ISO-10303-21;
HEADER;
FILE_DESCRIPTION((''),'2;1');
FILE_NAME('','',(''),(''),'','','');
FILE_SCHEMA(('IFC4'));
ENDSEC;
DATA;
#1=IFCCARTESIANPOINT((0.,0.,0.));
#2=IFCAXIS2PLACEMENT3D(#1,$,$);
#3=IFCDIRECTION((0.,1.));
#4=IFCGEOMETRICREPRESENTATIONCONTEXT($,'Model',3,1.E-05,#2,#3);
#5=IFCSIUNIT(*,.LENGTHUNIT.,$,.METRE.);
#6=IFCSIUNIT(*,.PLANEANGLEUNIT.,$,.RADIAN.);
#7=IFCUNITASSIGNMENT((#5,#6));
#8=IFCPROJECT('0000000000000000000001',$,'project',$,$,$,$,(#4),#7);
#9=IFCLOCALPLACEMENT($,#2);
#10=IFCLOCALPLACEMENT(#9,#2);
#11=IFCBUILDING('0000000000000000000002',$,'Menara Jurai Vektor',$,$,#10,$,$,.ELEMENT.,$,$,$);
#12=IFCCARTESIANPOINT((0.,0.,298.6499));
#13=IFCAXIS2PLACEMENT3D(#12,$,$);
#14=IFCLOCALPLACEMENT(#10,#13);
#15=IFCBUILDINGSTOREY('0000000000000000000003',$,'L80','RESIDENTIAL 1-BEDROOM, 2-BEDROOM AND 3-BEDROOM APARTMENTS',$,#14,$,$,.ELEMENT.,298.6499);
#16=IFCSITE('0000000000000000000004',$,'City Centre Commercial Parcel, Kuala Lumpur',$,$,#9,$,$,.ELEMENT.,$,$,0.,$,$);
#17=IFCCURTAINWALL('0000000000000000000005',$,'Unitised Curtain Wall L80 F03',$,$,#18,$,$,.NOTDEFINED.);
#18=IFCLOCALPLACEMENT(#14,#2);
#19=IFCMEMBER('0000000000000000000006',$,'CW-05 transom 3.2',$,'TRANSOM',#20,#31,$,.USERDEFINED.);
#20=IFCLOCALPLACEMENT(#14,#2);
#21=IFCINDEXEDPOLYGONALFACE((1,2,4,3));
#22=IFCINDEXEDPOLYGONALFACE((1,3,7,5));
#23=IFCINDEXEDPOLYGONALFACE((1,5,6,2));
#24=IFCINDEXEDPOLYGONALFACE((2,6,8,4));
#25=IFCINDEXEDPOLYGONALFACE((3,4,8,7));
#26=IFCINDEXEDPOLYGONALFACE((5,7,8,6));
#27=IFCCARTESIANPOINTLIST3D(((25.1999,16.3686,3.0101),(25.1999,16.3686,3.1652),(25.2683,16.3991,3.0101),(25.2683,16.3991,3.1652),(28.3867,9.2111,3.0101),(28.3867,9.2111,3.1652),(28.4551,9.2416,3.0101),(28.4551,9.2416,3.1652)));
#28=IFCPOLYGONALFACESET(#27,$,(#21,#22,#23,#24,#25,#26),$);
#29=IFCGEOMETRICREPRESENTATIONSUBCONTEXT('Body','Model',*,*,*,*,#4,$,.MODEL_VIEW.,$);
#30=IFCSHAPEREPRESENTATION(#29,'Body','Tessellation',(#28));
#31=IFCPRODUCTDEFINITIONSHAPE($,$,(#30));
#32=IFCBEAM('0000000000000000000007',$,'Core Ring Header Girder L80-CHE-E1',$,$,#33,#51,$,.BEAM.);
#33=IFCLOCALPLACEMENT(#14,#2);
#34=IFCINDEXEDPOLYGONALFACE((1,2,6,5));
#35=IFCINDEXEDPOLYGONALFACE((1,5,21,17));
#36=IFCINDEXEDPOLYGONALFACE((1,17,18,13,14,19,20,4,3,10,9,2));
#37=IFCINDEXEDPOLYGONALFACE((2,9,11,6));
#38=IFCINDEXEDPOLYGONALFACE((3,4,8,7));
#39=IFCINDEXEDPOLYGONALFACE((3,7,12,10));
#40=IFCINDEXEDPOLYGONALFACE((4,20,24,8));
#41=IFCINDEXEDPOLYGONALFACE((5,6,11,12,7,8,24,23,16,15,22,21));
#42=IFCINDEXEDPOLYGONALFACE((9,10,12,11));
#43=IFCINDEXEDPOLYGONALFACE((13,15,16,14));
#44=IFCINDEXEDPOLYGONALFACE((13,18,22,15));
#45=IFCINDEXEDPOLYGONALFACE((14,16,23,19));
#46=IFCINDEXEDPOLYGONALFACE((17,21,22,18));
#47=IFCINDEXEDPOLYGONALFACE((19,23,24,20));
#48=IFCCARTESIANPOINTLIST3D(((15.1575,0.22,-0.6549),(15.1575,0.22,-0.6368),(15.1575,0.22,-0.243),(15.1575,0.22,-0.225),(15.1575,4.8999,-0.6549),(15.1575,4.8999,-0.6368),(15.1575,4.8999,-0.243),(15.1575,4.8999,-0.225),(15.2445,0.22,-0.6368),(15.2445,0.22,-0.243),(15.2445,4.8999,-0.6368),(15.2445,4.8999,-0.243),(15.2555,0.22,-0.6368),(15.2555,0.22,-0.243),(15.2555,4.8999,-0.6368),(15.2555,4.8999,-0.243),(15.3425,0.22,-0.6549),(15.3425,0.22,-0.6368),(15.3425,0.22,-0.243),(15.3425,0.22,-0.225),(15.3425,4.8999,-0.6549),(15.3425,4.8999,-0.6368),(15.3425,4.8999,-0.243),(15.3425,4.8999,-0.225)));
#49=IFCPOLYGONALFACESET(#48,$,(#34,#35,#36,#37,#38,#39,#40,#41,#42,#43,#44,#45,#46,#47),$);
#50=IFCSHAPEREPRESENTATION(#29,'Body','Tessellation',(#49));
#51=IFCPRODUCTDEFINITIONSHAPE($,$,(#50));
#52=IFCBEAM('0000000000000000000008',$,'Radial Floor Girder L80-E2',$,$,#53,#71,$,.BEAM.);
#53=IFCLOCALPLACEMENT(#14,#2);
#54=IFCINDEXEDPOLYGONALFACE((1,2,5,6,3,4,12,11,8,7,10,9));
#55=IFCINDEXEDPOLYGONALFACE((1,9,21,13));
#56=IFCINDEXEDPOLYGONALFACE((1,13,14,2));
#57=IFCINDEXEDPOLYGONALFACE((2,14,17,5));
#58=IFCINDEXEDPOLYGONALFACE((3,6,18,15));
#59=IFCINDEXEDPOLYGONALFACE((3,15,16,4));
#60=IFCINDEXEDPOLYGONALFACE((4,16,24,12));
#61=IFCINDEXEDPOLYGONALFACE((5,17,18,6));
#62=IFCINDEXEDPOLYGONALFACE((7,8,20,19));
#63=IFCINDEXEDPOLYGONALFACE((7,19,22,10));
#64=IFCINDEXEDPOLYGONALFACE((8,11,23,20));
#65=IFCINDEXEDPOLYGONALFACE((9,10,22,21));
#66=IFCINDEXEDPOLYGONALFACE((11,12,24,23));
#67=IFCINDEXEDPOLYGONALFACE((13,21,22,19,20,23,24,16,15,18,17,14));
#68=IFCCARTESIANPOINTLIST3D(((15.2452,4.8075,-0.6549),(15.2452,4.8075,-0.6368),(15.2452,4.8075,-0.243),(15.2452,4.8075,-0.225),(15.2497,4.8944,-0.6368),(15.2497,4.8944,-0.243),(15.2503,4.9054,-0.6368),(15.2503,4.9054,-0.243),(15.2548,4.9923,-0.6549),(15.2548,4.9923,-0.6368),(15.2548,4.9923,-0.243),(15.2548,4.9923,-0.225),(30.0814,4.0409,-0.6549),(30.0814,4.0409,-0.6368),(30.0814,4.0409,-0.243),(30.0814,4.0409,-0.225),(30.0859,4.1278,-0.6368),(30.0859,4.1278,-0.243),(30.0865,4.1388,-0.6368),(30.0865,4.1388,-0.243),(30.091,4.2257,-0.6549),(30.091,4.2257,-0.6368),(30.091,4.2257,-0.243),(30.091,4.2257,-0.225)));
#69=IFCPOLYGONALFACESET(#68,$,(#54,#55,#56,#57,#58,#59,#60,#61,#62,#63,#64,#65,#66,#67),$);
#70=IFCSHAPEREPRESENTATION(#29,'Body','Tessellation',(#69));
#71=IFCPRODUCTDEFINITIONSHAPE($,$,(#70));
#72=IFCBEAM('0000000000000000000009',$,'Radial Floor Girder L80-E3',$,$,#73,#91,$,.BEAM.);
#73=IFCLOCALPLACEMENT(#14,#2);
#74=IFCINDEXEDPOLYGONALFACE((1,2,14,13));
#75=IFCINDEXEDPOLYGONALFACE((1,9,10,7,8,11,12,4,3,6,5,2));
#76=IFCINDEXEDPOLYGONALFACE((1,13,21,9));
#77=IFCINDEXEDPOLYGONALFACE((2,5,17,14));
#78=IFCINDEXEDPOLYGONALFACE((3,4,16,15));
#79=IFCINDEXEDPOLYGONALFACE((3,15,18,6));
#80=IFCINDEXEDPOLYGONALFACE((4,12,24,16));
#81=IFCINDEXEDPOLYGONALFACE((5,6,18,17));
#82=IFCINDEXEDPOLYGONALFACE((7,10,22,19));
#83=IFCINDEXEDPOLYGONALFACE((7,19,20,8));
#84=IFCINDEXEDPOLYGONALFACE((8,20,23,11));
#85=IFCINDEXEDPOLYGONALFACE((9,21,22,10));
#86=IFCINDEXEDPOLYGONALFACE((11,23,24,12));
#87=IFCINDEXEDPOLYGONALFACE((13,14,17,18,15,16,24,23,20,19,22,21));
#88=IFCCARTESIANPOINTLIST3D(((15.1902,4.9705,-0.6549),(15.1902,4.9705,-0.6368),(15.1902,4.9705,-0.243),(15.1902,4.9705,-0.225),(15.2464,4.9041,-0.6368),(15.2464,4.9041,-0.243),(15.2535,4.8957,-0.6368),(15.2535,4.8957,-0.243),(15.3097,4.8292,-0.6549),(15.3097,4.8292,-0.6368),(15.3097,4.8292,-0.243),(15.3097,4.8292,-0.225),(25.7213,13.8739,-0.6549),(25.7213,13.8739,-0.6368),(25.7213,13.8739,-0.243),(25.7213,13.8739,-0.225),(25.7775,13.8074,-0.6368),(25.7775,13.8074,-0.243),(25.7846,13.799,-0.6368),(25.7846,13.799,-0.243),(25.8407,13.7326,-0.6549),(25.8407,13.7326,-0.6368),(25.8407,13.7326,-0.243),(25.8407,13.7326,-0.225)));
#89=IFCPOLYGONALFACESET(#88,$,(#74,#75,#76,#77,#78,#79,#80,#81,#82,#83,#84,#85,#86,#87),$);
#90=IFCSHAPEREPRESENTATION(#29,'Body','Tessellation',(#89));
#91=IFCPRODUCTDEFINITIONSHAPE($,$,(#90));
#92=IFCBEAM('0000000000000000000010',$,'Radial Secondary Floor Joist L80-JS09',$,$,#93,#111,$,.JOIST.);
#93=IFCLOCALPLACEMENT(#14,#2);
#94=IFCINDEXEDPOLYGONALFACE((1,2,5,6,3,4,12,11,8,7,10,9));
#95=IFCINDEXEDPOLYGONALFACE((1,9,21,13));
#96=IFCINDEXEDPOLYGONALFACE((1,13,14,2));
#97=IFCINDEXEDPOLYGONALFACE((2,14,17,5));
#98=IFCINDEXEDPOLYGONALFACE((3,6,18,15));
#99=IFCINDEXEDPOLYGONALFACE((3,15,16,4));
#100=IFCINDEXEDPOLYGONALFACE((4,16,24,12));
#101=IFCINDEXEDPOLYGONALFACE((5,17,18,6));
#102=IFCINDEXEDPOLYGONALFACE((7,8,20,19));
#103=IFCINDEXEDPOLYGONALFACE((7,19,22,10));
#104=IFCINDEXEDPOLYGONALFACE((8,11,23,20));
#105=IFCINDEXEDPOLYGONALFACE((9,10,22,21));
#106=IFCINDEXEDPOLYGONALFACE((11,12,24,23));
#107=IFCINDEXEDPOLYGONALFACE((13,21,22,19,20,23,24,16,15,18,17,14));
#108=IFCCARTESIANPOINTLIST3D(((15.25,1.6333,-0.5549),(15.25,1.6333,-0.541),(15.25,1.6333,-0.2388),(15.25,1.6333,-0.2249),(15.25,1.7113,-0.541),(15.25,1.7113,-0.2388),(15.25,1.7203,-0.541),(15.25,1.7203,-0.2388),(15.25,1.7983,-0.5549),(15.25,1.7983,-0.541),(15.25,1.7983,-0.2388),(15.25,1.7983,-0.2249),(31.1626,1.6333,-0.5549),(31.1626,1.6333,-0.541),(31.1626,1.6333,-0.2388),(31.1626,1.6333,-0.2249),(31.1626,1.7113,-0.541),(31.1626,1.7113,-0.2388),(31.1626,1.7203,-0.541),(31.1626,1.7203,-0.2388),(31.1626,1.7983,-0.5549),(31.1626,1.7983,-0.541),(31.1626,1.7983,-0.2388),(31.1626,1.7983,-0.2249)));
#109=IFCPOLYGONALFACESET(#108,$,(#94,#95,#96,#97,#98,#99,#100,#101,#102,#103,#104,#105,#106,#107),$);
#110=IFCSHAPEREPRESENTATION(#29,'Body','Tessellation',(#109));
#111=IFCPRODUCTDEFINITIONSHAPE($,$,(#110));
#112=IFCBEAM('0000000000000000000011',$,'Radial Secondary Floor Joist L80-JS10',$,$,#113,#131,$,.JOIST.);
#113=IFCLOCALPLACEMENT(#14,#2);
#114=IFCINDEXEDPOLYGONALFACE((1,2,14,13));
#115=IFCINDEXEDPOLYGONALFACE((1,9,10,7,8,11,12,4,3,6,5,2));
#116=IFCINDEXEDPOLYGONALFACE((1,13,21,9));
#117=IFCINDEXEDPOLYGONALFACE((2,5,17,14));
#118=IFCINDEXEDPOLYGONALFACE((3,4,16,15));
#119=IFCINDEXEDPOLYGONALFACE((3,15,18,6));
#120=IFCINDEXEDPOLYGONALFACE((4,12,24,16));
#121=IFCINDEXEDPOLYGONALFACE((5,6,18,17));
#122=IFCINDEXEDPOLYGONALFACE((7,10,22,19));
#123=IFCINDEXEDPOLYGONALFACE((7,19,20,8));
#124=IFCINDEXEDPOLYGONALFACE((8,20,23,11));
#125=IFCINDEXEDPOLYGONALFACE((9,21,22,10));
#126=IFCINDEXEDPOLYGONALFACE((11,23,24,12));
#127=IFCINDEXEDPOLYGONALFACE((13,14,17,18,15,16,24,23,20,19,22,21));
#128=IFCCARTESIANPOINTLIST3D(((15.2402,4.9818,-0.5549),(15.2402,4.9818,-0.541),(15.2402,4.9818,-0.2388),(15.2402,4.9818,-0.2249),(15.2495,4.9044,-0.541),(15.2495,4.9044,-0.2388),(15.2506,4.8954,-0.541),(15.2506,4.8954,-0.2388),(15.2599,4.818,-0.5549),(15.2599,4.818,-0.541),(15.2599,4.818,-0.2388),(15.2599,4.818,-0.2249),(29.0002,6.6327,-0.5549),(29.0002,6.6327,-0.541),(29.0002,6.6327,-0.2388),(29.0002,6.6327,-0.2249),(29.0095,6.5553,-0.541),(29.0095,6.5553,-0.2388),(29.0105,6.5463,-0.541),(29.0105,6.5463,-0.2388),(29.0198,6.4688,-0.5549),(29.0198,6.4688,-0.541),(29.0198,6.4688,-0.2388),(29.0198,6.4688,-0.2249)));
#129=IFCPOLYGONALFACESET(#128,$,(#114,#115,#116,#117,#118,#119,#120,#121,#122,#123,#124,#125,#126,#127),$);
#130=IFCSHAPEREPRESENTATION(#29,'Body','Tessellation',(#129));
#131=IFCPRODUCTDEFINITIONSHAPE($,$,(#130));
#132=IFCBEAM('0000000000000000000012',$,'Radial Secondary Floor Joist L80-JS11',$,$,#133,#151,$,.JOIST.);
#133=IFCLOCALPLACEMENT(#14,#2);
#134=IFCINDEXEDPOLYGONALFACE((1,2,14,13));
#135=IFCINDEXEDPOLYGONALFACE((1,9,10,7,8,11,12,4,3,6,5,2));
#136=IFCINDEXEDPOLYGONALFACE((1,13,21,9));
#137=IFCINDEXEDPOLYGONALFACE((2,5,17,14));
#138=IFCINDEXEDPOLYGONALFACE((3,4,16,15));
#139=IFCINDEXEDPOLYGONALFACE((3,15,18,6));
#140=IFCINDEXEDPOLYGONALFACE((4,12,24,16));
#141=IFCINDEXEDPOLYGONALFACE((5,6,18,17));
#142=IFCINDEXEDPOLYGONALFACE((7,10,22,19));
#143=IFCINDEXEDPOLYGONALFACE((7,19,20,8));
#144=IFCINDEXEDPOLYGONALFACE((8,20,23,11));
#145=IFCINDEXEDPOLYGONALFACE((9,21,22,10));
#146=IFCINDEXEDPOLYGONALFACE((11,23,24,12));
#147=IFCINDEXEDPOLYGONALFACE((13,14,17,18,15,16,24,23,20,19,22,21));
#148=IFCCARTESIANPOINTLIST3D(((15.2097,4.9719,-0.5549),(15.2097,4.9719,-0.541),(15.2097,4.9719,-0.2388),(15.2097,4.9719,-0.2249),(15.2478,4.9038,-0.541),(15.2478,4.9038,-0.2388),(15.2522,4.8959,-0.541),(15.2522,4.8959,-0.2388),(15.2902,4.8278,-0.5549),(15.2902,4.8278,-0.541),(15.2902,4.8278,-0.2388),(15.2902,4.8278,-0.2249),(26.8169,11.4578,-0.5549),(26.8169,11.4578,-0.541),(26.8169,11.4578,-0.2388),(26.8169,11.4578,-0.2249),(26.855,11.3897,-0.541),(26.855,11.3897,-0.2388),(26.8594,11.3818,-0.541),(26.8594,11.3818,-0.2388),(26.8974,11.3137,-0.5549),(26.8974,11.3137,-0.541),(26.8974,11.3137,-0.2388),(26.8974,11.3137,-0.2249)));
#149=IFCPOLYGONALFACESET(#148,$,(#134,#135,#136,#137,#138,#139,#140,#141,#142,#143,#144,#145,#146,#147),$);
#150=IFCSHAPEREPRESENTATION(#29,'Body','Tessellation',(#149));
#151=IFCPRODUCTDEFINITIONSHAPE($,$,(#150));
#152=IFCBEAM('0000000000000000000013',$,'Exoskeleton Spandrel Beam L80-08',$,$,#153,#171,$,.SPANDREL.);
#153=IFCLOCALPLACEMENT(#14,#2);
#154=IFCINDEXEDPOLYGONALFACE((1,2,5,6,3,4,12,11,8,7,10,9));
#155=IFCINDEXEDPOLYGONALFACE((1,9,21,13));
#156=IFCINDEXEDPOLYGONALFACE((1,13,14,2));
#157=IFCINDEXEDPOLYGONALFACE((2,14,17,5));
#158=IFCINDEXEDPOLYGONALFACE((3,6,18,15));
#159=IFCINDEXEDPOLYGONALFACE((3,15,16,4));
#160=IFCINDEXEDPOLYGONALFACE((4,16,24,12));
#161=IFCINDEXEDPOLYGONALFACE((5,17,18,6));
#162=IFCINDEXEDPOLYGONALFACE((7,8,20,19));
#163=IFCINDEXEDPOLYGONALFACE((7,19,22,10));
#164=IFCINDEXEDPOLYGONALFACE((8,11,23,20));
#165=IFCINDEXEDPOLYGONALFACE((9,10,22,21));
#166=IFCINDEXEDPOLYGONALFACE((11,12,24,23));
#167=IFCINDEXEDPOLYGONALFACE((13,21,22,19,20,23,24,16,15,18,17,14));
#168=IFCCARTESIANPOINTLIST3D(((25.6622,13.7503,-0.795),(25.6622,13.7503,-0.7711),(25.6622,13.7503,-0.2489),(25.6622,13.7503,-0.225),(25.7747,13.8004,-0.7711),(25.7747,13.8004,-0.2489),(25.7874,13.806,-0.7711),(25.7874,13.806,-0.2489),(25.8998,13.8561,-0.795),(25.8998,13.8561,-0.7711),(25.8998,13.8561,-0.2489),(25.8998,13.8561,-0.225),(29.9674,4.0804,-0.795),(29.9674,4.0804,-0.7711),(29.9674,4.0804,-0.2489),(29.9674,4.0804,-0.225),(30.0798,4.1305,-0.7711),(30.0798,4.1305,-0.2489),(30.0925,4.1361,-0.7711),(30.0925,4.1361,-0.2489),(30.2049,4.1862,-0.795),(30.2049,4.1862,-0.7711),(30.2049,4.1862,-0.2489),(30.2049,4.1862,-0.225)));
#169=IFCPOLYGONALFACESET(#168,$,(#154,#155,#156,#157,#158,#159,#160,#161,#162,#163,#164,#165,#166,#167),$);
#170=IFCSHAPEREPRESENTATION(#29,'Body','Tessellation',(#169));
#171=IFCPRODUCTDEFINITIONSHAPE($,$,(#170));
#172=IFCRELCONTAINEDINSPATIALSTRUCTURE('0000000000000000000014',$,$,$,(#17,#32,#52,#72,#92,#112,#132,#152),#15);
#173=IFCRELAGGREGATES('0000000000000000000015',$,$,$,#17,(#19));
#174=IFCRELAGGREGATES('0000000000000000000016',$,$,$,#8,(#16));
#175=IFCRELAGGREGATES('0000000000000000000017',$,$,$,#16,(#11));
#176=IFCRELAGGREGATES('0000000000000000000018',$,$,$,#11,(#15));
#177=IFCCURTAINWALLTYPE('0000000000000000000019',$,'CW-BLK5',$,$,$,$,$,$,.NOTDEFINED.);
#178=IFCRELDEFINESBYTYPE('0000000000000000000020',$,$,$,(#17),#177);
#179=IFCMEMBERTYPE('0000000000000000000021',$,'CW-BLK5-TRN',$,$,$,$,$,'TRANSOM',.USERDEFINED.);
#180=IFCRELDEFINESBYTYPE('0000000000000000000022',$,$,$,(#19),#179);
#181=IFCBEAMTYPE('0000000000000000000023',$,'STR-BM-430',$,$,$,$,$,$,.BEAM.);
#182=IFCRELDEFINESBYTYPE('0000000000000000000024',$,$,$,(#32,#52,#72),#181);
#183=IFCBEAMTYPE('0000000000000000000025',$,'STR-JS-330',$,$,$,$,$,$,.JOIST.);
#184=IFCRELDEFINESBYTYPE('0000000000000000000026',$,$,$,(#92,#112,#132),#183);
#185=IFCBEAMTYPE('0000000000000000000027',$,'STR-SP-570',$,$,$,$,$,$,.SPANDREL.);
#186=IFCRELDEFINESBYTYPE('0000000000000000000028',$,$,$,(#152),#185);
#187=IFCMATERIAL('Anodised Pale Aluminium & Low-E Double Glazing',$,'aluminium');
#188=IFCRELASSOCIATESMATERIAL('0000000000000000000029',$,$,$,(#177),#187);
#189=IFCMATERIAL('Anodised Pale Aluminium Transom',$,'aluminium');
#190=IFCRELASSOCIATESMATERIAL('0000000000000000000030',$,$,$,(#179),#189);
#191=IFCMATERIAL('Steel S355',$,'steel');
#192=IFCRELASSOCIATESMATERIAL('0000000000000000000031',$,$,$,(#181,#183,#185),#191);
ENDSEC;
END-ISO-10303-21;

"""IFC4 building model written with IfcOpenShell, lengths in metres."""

from ifc_helpers import new_model, si_unit, direction, frame, origin, origin_2d, place, context, subcontext, project, spatial, rectangle, i_section, extrude, material, material_profile, profile_set, type_object, element, aggregate, save


model = new_model("IFC4")

# Units and contexts
model_context = context("Model", 3, precision=1e-05, world=origin(), true_north=direction((0.0, 1.0)))
body_context = subcontext(model_context, "Body", "Model", "MODEL_VIEW")
ifc_project = project(units=[si_unit("LENGTHUNIT", "METRE"), si_unit("PLANEANGLEUNIT", "RADIAN")], contexts=[model_context])

# Site, building, storey
site_placement = place(None, origin())
site = spatial("IfcSite", under=ifc_project, at=site_placement, Name="City Centre Commercial Parcel, Kuala Lumpur", CompositionType="ELEMENT", RefElevation=0.0)
building_placement = place(site_placement, origin())
building = spatial("IfcBuilding", under=site, at=building_placement, Name="Menara Jurai Vektor", CompositionType="ELEMENT")
storey_placement = place(building_placement, frame((0.0, 0.0, 298.6499)))
storey = spatial("IfcBuildingStorey", under=building, at=storey_placement, Name="L80", Description="RESIDENTIAL 1-BEDROOM, 2-BEDROOM AND 3-BEDROOM APARTMENTS", CompositionType="ELEMENT", Elevation=298.6499)

# Curtain wall, member
ifc_material_1 = material(Name="Anodised Pale Aluminium & Low-E Double Glazing", Category="aluminium")
curtain_wall_type = type_object("IfcCurtainWallType", Name="CW-BLK5", PredefinedType="NOTDEFINED", material=ifc_material_1)
curtain_wall_placement = place(storey_placement, origin())
curtain_wall = element("IfcCurtainWall", 1, at=curtain_wall_placement, inside=storey, type_object=curtain_wall_type, Name="Unitised Curtain Wall L80 F03", PredefinedType="NOTDEFINED")
ifc_material_2 = material(Name="Anodised Pale Aluminium Transom", Category="aluminium")
ifc_material_profile_1 = material_profile(ifc_material_2, rectangle(XDim=0.075, YDim=0.155, at=origin_2d()), Name="ALU TRN 75x155")
ifc_profile_set_1 = profile_set([ifc_material_profile_1], Name="Anodised Pale Aluminium Transom")
member_type_1 = type_object("IfcMemberType", Name="CW-BLK5-TRN", ElementType="TRANSOM", PredefinedType="USERDEFINED", material=ifc_profile_set_1)
member_1_placement = place(storey_placement, frame((28.4209, 9.2263, 3.0876), z_axis=(-0.406743, 0.913543, 0.0), x_axis=(-0.913543, -0.406743, 0.0)))
member_1 = element("IfcMember", 2, at=member_1_placement, type_object=member_type_1, Name="CW-05 transom 3.2", ObjectType="TRANSOM", PredefinedType="USERDEFINED", context=body_context, shape_type="SweptSolid", body=[
    extrude(rectangle(XDim=0.075, YDim=0.155, at=origin_2d()), origin(), (0.0, 0.0, 1.0), 7.835),
])

# Beams
ifc_material_3 = material(Name="Steel S355", Category="steel")
ifc_material_profile_2 = material_profile(ifc_material_3, i_section(OverallWidth=0.1851, OverallDepth=0.4299, WebThickness=0.011, FlangeThickness=0.0181, at=origin_2d()), Name="PG 430x185x76")
ifc_profile_set_2 = profile_set([ifc_material_profile_2], Name="Steel S355")
beam_type_1 = type_object("IfcBeamType", Name="STR-BM-430", PredefinedType="BEAM", material=ifc_profile_set_2)
beam_1_placement = place(storey_placement, frame((15.25, 0.22, -0.4399), z_axis=(0.0, 1.0, 0.0), x_axis=(-1.0, 0.0, 0.0)))
element("IfcBeam", 3, at=beam_1_placement, inside=storey, type_object=beam_type_1, Name="Core Ring Header Girder L80-CHE-E1", PredefinedType="BEAM", context=body_context, shape_type="SweptSolid", body=[
    extrude(i_section(OverallWidth=0.1851, OverallDepth=0.4299, WebThickness=0.011, FlangeThickness=0.0181, at=origin_2d()), origin(), (0.0, 0.0, 1.0), 4.6799),
])
beam_2_placement = place(storey_placement, frame((30.0862, 4.1333, -0.4399), z_axis=(-0.998668, 0.051602, 0.0), x_axis=(-0.051602, -0.998668, 0.0)))
element("IfcBeam", 4, at=beam_2_placement, inside=storey, type_object=beam_type_1, Name="Radial Floor Girder L80-E2", PredefinedType="BEAM", context=body_context, shape_type="SweptSolid", body=[
    extrude(i_section(OverallWidth=0.1851, OverallDepth=0.4299, WebThickness=0.011, FlangeThickness=0.0181, at=origin_2d()), origin(), (0.0, 0.0, 1.0), 14.856),
])
beam_3_placement = place(storey_placement, frame((25.781, 13.8032, -0.4399), z_axis=(-0.763656, -0.645624, 0.0), x_axis=(0.645624, -0.763656, 0.0)))
element("IfcBeam", 5, at=beam_3_placement, inside=storey, type_object=beam_type_1, Name="Radial Floor Girder L80-E3", PredefinedType="BEAM", context=body_context, shape_type="SweptSolid", body=[
    extrude(i_section(OverallWidth=0.1851, OverallDepth=0.4299, WebThickness=0.011, FlangeThickness=0.0181, at=origin_2d()), origin(), (0.0, 0.0, 1.0), 13.7903),
])
ifc_material_profile_3 = material_profile(ifc_material_3, i_section(OverallWidth=0.165, OverallDepth=0.3301, WebThickness=0.009, FlangeThickness=0.0139, at=origin_2d()), Name="PG 330x165x46")
ifc_profile_set_3 = profile_set([ifc_material_profile_3], Name="Steel S355")
beam_type_2 = type_object("IfcBeamType", Name="STR-JS-330", PredefinedType="JOIST", material=ifc_profile_set_3)
beam_4_placement = place(storey_placement, frame((31.1626, 1.7158, -0.3899), z_axis=(-1.0, 0.0, 0.0), x_axis=(0.0, -1.0, 0.0)))
element("IfcBeam", 6, at=beam_4_placement, inside=storey, type_object=beam_type_2, Name="Radial Secondary Floor Joist L80-JS09", PredefinedType="JOIST", context=body_context, shape_type="SweptSolid", body=[
    extrude(i_section(OverallWidth=0.165, OverallDepth=0.3301, WebThickness=0.009, FlangeThickness=0.0139, at=origin_2d()), origin(), (0.0, 0.0, 1.0), 15.9126),
])
beam_5_placement = place(storey_placement, frame((29.01, 6.5508, -0.3899), z_axis=(-0.99288, -0.119122, 0.0), x_axis=(0.119122, -0.99288, 0.0)))
element("IfcBeam", 7, at=beam_5_placement, inside=storey, type_object=beam_type_2, Name="Radial Secondary Floor Joist L80-JS10", PredefinedType="JOIST", context=body_context, shape_type="SweptSolid", body=[
    extrude(i_section(OverallWidth=0.165, OverallDepth=0.3301, WebThickness=0.009, FlangeThickness=0.0139, at=origin_2d()), origin(), (0.0, 0.0, 1.0), 13.8586),
])
beam_6_placement = place(storey_placement, frame((26.8572, 11.3857, -0.3899), z_axis=(-0.87296, -0.487791, 0.0), x_axis=(0.487791, -0.87296, 0.0)))
element("IfcBeam", 8, at=beam_6_placement, inside=storey, type_object=beam_type_2, Name="Radial Secondary Floor Joist L80-JS11", PredefinedType="JOIST", context=body_context, shape_type="SweptSolid", body=[
    extrude(i_section(OverallWidth=0.165, OverallDepth=0.3301, WebThickness=0.009, FlangeThickness=0.0139, at=origin_2d()), origin(), (0.0, 0.0, 1.0), 13.2964),
])
ifc_material_profile_4 = material_profile(ifc_material_3, i_section(OverallWidth=0.26, OverallDepth=0.5701, WebThickness=0.0139, FlangeThickness=0.0239, at=origin_2d()), Name="PG 570x260x145")
ifc_profile_set_4 = profile_set([ifc_material_profile_4], Name="Steel S355")
beam_type_3 = type_object("IfcBeamType", Name="STR-SP-570", PredefinedType="SPANDREL", material=ifc_profile_set_4)
beam_7_placement = place(storey_placement, frame((30.0862, 4.1333, -0.51), z_axis=(-0.406725, 0.913551, 0.0), x_axis=(-0.913551, -0.406725, 0.0)))
element("IfcBeam", 9, at=beam_7_placement, inside=storey, type_object=beam_type_3, Name="Exoskeleton Spandrel Beam L80-08", PredefinedType="SPANDREL", context=body_context, shape_type="SweptSolid", body=[
    extrude(i_section(OverallWidth=0.26, OverallDepth=0.5701, WebThickness=0.0139, FlangeThickness=0.0239, at=origin_2d()), origin(), (0.0, 0.0, 1.0), 10.585),
])

aggregate(curtain_wall, [member_1])

save(model, "model.ifc")
